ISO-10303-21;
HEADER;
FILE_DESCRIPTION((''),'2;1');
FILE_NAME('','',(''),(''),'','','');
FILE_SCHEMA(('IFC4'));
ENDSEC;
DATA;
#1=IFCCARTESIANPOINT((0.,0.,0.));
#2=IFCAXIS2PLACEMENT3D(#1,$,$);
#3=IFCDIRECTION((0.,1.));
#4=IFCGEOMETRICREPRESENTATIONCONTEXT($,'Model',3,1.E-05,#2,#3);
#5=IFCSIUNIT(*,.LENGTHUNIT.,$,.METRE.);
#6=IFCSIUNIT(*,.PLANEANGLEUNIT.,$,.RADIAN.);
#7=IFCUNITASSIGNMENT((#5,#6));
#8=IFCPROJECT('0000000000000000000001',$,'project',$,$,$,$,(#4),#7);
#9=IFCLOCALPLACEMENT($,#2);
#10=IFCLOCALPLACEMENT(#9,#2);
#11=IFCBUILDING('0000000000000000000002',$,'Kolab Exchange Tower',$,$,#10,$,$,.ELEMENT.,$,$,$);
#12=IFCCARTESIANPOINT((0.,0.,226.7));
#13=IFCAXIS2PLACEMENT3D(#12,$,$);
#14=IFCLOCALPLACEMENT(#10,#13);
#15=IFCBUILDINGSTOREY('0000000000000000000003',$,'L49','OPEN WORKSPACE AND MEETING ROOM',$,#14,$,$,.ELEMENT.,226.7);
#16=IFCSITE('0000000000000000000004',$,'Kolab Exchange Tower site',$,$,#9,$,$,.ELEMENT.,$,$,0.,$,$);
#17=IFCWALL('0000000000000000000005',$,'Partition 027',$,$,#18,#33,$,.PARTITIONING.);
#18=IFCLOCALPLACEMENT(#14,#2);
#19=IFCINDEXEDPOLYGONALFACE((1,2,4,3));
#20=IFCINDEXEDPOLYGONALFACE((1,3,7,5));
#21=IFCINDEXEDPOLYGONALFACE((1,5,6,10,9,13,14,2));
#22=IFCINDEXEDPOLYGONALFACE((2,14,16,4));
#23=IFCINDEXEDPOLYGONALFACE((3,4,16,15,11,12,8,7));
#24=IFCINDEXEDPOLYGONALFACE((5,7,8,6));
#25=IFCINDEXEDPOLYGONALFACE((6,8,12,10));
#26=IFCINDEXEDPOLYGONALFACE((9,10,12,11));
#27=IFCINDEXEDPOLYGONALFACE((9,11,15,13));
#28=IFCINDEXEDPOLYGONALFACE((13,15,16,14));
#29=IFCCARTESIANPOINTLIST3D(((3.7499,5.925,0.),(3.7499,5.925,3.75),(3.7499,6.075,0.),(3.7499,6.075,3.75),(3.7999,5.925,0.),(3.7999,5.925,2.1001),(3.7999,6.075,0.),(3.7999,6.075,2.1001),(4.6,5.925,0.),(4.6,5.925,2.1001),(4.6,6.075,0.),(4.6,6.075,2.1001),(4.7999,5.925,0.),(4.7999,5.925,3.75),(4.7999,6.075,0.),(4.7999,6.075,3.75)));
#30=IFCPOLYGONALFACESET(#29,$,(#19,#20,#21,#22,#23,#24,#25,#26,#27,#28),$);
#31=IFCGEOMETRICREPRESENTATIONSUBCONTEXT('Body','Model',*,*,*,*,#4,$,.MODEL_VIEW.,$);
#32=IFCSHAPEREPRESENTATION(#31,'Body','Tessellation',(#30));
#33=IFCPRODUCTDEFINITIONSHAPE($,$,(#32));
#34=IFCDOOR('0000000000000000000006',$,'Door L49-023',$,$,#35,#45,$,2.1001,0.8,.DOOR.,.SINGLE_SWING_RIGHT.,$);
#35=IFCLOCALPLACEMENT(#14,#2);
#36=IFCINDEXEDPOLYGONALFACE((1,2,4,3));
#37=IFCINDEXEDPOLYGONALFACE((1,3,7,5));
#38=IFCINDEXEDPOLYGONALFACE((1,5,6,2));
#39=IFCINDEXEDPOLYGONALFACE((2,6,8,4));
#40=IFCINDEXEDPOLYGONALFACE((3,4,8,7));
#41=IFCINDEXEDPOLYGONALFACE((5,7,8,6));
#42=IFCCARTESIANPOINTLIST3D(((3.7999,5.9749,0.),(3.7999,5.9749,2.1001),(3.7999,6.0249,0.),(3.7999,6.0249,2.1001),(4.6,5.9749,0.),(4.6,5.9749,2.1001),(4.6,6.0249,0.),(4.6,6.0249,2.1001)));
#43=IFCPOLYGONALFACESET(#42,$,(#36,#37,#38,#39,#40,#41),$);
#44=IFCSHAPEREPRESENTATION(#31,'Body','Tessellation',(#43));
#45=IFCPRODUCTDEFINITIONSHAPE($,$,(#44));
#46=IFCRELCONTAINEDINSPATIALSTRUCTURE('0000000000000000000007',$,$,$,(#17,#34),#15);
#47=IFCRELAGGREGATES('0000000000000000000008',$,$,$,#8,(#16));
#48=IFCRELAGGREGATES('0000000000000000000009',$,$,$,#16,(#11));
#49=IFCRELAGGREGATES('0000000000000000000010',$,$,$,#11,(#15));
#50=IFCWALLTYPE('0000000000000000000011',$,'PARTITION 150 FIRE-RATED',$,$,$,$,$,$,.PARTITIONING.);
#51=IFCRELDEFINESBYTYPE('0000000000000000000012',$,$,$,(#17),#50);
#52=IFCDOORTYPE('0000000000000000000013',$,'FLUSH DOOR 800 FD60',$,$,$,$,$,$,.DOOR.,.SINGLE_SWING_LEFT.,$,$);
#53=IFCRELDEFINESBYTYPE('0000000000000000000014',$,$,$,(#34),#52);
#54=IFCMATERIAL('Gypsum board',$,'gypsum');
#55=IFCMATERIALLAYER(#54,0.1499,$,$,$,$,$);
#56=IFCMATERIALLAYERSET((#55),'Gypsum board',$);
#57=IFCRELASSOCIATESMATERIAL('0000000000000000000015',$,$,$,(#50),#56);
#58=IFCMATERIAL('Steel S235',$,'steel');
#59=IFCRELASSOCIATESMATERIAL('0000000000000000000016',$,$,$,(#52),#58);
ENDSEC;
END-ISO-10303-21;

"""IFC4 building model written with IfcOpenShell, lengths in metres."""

from ifc_helpers import new_model, si_unit, direction, frame, frame_2d, origin, place, context, subcontext, project, spatial, rectangle, extrude, material, layer, layer_set, type_object, element, fill, save


model = new_model("IFC4")

# Units and contexts
model_context = context("Model", 3, precision=1e-05, world=origin(), true_north=direction((0.0, 1.0)))
body_context = subcontext(model_context, "Body", "Model", "MODEL_VIEW")
ifc_project = project(units=[si_unit("LENGTHUNIT", "METRE"), si_unit("PLANEANGLEUNIT", "RADIAN")], contexts=[model_context])

# Site, building, storey
site_placement = place(None, origin())
site = spatial("IfcSite", under=ifc_project, at=site_placement, Name="Kolab Exchange Tower site", CompositionType="ELEMENT", RefElevation=0.0)
building_placement = place(site_placement, origin())
building = spatial("IfcBuilding", under=site, at=building_placement, Name="Kolab Exchange Tower", CompositionType="ELEMENT")
storey_placement = place(building_placement, frame((0.0, 0.0, 226.7)))
storey = spatial("IfcBuildingStorey", under=building, at=storey_placement, Name="L49", Description="OPEN WORKSPACE AND MEETING ROOM", CompositionType="ELEMENT", Elevation=226.7)

# Shared definitions
ifc_material_1 = material(Name="Gypsum board", Category="gypsum")
ifc_layer_1 = layer(ifc_material_1, 0.1499)
ifc_layer_set_1 = layer_set([ifc_layer_1], Name="Gypsum board")
wall_type_1 = type_object("IfcWallType", Name="PARTITION 150 FIRE-RATED", PredefinedType="PARTITIONING", material=ifc_layer_set_1)

# Wall, opening, door
wall_1_placement = place(storey_placement, frame((3.75, 6.0, 0.0), z_axis=(0.0, 0.0, 1.0), x_axis=(1.0, 0.0, 0.0)))
wall_1 = element("IfcWall", 1, at=wall_1_placement, inside=storey, type_object=wall_type_1, Name="Partition 027", PredefinedType="PARTITIONING", context=body_context, shape_type="SweptSolid", body=[
    extrude(rectangle(XDim=1.05, YDim=0.1499, at=frame_2d((0.5249, 0.0))), origin(), (0.0, 0.0, 1.0), 3.75),
])
opening_1_placement = place(wall_1_placement, frame((0.05, 0.0, 0.0)))
opening_1 = element("IfcOpeningElement", 2, at=opening_1_placement, cuts=wall_1, PredefinedType="OPENING", context=body_context, shape_type="SweptSolid", body=[
    extrude(rectangle(XDim=0.8, YDim=2.1001, at=frame_2d((0.3999, 1.05))), frame((0.0, 0.085, 0.0), z_axis=(0.0, -1.0, 0.0), x_axis=(1.0, 0.0, 0.0)), (0.0, 0.0, 1.0), 0.1699),
])
ifc_material_2 = material(Name="Steel S235", Category="steel")
door_type_1 = type_object("IfcDoorType", Name="FLUSH DOOR 800 FD60", OperationType="SINGLE_SWING_LEFT", PredefinedType="DOOR", material=ifc_material_2)
door_1_placement = place(opening_1_placement, origin())
door_1 = element("IfcDoor", 3, at=door_1_placement, inside=storey, type_object=door_type_1, Name="Door L49-023", OperationType="SINGLE_SWING_RIGHT", OverallHeight=2.1001, OverallWidth=0.8, PredefinedType="DOOR", context=body_context, shape_type="SweptSolid", body=[
    extrude(rectangle(XDim=0.8, YDim=2.1001, at=frame_2d((0.3999, 1.05))), frame((0.0, 0.0249, 0.0), z_axis=(0.0, -1.0, 0.0), x_axis=(1.0, 0.0, 0.0)), (0.0, 0.0, 1.0), 0.05),
])
fill(opening_1, door_1)

save(model, "model.ifc")
